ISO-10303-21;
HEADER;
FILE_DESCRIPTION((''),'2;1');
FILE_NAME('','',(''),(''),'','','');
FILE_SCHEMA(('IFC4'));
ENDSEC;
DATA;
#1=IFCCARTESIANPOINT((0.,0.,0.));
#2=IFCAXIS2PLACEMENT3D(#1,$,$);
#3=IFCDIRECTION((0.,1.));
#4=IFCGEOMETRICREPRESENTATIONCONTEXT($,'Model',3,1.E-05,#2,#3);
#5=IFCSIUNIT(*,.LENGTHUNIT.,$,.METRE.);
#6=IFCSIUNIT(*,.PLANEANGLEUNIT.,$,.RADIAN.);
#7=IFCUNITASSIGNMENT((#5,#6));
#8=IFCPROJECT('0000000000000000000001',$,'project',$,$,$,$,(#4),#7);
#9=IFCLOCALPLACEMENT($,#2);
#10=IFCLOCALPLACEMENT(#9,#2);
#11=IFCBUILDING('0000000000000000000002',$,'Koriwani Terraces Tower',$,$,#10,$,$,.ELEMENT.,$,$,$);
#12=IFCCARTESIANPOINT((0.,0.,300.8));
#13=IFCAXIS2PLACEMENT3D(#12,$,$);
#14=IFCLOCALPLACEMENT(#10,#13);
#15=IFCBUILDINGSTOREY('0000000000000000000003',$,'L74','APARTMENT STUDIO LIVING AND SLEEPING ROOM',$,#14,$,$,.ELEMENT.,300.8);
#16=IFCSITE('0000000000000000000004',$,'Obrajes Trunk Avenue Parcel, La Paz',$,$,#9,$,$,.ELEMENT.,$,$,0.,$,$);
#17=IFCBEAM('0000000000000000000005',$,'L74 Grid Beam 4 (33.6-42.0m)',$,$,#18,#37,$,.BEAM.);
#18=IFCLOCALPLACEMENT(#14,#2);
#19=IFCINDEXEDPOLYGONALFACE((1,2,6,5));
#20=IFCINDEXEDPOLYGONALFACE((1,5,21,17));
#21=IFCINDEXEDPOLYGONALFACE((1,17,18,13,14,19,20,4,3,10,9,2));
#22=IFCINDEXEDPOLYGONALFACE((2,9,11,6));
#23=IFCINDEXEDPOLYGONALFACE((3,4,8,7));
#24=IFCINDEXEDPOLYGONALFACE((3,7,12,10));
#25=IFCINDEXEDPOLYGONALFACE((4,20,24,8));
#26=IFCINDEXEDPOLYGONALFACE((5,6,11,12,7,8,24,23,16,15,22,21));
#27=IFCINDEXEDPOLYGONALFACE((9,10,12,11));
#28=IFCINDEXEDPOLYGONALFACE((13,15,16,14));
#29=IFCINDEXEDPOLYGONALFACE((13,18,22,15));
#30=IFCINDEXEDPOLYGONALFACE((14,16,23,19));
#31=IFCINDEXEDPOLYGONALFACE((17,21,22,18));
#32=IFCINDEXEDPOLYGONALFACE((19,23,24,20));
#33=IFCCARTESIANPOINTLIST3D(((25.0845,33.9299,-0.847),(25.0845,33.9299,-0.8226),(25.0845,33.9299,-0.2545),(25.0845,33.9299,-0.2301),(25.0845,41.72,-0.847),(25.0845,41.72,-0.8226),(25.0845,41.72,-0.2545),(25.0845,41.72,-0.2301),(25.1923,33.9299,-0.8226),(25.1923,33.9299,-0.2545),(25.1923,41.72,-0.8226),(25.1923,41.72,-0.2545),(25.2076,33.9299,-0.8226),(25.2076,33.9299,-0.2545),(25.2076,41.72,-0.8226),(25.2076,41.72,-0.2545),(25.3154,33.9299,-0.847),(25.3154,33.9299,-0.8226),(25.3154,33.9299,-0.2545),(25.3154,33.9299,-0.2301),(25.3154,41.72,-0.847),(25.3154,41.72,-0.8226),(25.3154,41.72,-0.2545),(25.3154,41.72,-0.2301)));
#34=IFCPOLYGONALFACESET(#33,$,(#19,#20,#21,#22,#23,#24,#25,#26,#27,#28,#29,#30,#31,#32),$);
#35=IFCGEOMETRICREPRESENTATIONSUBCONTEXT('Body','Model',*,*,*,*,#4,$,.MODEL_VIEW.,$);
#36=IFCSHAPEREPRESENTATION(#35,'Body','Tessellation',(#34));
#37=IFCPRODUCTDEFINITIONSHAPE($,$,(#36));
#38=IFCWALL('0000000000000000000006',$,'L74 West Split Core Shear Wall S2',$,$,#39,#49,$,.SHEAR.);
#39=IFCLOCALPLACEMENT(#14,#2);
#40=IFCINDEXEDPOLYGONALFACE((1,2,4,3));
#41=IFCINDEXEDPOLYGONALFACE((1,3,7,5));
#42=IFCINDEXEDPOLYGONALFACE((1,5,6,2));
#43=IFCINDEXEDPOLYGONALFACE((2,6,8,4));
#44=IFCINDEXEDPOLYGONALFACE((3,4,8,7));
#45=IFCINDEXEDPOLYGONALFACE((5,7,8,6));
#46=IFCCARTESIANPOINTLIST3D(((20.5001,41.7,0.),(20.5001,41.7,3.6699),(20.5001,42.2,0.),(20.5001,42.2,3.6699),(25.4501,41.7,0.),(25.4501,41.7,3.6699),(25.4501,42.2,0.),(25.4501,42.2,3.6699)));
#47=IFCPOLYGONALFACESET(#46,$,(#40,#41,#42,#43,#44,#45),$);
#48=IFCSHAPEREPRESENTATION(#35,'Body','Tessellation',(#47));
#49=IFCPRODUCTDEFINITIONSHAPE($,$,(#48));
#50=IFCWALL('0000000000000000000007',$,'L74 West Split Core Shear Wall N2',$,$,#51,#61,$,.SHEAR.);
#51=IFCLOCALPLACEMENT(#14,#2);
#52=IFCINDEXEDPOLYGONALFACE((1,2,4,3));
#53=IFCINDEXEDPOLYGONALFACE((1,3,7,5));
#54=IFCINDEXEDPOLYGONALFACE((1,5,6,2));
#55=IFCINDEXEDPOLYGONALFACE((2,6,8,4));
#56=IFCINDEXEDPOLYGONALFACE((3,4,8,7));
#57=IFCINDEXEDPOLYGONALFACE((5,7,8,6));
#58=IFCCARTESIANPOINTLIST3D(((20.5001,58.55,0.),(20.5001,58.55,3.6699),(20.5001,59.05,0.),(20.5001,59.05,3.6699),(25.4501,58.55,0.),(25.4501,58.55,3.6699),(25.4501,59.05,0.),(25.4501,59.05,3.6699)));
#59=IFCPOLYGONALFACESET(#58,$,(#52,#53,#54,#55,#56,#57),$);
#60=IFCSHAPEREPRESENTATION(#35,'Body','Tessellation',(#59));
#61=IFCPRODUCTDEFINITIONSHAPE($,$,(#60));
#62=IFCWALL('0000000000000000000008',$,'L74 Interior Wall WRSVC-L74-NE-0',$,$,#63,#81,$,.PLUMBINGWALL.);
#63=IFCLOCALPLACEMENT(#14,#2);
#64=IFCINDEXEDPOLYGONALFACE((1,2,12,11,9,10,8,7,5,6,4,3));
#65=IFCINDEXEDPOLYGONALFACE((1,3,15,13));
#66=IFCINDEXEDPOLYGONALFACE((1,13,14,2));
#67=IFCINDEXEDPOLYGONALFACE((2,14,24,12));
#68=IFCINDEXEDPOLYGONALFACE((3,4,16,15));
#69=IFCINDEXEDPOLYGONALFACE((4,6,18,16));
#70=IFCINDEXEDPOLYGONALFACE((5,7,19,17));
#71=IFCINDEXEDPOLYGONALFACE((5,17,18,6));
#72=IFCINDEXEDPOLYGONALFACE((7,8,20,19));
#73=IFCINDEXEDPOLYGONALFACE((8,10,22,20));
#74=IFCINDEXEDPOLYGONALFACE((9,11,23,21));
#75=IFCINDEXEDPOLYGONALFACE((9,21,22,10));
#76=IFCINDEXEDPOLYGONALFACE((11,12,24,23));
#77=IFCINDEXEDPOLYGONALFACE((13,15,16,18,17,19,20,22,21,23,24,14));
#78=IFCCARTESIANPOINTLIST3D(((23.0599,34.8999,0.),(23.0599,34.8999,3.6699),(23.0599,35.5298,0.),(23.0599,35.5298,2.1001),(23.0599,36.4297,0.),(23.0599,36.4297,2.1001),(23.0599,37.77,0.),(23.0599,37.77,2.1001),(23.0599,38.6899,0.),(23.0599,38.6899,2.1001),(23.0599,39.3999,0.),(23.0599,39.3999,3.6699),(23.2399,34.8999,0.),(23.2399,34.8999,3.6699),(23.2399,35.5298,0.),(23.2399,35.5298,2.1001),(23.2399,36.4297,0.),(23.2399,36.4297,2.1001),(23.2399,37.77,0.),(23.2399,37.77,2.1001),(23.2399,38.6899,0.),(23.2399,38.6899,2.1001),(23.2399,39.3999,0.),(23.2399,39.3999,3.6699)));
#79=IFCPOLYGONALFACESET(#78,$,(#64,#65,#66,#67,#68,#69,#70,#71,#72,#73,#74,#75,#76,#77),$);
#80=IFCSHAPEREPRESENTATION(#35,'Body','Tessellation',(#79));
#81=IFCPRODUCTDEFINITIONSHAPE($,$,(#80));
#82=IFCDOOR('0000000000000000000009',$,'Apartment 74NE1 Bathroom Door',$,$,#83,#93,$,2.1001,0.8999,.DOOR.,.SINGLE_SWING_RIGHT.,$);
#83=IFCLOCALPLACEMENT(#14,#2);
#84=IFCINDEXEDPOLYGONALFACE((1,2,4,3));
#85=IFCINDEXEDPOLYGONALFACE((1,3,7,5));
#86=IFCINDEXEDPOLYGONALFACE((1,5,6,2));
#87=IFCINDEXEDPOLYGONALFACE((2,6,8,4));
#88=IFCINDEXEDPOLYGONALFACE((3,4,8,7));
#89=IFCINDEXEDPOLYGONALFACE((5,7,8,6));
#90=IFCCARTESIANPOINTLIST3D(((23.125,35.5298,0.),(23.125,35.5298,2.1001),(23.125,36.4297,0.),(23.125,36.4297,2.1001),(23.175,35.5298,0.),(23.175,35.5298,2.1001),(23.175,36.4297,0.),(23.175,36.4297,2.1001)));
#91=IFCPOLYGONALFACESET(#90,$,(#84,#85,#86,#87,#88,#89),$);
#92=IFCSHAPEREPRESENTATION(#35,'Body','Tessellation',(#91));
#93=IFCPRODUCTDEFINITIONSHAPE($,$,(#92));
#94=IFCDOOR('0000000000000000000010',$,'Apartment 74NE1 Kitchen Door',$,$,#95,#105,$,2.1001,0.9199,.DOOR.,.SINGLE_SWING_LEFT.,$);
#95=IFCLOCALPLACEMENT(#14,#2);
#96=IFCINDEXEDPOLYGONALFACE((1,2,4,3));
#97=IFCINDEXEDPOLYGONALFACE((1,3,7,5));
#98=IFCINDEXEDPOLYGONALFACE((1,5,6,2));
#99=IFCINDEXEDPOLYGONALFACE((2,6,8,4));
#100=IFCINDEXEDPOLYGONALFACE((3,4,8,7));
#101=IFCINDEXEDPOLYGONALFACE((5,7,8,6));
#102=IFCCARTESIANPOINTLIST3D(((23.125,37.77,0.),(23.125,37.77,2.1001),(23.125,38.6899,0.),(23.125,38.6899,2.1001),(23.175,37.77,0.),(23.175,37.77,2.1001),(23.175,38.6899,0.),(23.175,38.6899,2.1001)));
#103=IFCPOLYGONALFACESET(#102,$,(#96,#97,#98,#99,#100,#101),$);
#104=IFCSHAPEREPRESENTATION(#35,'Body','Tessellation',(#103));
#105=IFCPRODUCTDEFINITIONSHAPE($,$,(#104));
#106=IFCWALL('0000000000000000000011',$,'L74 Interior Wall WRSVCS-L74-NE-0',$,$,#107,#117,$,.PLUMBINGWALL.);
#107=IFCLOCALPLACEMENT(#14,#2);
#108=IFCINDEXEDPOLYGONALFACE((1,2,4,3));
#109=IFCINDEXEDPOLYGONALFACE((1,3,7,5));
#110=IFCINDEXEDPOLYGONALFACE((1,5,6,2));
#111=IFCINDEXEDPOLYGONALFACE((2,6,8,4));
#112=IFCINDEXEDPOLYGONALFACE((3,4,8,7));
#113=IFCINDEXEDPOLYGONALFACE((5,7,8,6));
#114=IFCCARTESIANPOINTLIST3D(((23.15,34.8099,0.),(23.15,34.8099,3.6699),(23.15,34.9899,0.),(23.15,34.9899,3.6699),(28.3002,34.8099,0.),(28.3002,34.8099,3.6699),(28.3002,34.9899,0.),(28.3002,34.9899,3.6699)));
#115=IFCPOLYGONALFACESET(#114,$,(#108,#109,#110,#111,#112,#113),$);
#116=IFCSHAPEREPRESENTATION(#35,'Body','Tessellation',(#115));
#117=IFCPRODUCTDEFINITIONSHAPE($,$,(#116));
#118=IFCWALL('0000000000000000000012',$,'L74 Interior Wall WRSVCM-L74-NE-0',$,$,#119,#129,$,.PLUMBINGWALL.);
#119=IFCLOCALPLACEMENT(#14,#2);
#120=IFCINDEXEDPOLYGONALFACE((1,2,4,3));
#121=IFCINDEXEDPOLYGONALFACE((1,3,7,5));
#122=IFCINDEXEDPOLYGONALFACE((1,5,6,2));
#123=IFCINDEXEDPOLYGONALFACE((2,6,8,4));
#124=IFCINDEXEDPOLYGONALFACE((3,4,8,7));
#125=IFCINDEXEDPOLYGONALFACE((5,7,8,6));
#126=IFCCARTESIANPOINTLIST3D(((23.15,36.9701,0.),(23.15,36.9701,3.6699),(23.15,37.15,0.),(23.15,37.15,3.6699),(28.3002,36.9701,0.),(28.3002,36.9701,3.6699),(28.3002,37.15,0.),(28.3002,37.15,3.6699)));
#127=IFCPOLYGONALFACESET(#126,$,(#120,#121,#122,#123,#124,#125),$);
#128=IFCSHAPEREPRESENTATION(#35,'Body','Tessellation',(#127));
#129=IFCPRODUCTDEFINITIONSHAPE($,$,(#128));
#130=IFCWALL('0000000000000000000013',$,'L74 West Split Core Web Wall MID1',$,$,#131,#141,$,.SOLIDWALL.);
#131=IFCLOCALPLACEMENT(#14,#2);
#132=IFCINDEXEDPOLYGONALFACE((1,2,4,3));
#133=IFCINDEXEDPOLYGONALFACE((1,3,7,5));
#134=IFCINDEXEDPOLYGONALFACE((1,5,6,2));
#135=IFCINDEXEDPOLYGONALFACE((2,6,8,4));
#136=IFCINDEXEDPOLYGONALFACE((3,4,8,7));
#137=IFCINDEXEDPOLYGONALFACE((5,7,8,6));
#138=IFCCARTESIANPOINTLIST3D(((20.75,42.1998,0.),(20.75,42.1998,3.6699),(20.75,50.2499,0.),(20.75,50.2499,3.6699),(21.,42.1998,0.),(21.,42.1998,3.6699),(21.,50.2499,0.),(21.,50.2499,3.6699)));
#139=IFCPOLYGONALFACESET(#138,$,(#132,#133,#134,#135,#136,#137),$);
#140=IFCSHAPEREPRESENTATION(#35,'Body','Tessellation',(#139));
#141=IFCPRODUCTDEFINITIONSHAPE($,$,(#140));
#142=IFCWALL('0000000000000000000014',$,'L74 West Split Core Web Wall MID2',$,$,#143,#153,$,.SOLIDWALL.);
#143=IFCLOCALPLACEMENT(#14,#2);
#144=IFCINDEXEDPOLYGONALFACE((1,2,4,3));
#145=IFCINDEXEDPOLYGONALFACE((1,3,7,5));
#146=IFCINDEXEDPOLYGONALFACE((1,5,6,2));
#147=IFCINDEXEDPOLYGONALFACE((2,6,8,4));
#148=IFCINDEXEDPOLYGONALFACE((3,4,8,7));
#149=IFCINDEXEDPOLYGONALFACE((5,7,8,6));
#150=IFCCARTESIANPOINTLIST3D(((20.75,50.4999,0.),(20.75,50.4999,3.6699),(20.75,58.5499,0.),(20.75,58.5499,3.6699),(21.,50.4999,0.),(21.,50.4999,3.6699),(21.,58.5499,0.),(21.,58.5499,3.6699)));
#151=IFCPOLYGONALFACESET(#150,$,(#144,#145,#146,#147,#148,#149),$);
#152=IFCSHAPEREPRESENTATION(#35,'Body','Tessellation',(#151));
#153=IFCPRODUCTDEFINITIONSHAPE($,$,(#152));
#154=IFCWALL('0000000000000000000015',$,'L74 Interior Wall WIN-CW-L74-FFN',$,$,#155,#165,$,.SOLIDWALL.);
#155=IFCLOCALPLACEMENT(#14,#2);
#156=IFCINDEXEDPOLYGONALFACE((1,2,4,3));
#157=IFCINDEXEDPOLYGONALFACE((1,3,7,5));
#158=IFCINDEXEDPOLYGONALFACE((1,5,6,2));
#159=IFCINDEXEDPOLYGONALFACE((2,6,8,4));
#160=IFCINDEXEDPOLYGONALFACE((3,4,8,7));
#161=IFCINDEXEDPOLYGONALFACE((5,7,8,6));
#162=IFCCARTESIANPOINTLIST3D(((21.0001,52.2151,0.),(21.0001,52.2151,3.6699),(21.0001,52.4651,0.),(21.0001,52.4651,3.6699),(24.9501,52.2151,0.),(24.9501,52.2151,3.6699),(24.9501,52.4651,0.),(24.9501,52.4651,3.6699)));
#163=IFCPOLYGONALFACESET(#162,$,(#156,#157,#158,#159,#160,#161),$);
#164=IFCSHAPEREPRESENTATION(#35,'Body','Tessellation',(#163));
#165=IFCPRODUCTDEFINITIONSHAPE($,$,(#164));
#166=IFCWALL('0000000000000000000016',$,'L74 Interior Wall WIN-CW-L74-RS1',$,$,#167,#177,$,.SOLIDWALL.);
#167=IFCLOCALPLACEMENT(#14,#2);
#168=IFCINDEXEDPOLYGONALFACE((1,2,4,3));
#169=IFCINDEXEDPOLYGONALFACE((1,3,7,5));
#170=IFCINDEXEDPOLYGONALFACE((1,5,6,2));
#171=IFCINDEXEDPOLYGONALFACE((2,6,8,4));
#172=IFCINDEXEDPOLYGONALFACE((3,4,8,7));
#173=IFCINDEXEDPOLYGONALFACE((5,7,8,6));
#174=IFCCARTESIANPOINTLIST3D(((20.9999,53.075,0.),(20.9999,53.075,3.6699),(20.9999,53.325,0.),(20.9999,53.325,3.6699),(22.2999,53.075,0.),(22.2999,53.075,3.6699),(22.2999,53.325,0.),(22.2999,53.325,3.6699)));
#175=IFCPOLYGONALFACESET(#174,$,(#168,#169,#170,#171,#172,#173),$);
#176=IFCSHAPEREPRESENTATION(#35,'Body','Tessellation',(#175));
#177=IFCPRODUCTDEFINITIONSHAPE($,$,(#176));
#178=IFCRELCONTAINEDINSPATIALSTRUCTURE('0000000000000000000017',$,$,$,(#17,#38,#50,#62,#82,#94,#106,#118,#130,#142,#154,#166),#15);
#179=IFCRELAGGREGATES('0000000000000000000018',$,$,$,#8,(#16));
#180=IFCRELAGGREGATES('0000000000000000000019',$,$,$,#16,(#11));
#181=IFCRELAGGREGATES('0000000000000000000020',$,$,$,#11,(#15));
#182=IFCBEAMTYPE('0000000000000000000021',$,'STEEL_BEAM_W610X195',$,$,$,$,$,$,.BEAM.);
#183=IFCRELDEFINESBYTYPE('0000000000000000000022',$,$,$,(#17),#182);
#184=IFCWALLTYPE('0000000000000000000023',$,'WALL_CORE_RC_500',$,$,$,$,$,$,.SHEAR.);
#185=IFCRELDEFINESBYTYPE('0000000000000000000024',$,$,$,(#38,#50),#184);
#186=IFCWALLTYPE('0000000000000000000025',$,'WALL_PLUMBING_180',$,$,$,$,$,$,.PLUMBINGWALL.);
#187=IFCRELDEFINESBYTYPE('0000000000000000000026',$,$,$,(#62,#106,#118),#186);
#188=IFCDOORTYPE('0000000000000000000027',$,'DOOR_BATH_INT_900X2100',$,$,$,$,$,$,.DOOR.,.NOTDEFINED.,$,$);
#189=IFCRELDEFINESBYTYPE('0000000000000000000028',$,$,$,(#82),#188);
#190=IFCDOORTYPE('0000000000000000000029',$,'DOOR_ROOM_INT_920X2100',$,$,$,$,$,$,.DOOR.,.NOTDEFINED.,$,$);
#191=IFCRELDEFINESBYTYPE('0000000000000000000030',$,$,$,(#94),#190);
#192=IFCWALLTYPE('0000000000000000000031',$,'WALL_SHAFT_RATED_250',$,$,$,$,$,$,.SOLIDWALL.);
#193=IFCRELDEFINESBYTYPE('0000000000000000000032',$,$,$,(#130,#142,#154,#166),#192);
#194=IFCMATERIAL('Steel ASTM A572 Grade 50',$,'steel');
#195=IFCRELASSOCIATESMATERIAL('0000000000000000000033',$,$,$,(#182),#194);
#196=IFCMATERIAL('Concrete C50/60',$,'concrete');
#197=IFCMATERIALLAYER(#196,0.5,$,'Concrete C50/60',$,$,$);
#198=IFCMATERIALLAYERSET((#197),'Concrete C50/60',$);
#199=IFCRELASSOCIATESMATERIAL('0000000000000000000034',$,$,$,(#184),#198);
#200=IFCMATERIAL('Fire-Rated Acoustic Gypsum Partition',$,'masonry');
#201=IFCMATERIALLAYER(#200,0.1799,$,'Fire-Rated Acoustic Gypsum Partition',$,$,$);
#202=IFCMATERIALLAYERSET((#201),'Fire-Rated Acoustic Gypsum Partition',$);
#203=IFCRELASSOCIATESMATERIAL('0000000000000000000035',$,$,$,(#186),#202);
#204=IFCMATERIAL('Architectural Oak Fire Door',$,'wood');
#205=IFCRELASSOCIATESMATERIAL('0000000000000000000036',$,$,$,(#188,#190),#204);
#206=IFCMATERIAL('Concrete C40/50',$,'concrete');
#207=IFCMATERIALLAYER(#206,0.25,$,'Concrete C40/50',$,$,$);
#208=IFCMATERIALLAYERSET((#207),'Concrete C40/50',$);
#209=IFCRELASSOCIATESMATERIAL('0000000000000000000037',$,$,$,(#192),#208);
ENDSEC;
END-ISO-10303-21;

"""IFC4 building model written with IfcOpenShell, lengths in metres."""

from ifc_helpers import new_model, si_unit, direction, frame, frame_2d, origin, origin_2d, place, context, subcontext, project, spatial, rectangle, i_section, extrude, material, layer, layer_set, material_profile, profile_set, type_object, element, fill, save


model = new_model("IFC4")

# Units and contexts
model_context = context("Model", 3, precision=1e-05, world=origin(), true_north=direction((0.0, 1.0)))
body_context = subcontext(model_context, "Body", "Model", "MODEL_VIEW")
ifc_project = project(units=[si_unit("LENGTHUNIT", "METRE"), si_unit("PLANEANGLEUNIT", "RADIAN")], contexts=[model_context])

# Site, building, storey
site_placement = place(None, origin())
site = spatial("IfcSite", under=ifc_project, at=site_placement, Name="Obrajes Trunk Avenue Parcel, La Paz", CompositionType="ELEMENT", RefElevation=0.0)
building_placement = place(site_placement, origin())
building = spatial("IfcBuilding", under=site, at=building_placement, Name="Koriwani Terraces Tower", CompositionType="ELEMENT")
storey_placement = place(building_placement, frame((0.0, 0.0, 300.8)))
storey = spatial("IfcBuildingStorey", under=building, at=storey_placement, Name="L74", Description="APARTMENT STUDIO LIVING AND SLEEPING ROOM", CompositionType="ELEMENT", Elevation=300.8)

# Beam
ifc_material_1 = material(Name="Steel ASTM A572 Grade 50", Category="steel")
ifc_material_profile = material_profile(ifc_material_1, i_section(OverallWidth=0.231, OverallDepth=0.6169, WebThickness=0.0154, FlangeThickness=0.0244, at=origin_2d()), Name="Steel ASTM A572 Grade 50", Category="LoadBearing")
ifc_profile_set = profile_set([ifc_material_profile], Name="Steel ASTM A572 Grade 50")
beam_type = type_object("IfcBeamType", Name="STEEL_BEAM_W610X195", PredefinedType="BEAM", material=ifc_profile_set)
beam_placement = place(storey_placement, frame((25.2, 33.9299, -0.5386), z_axis=(0.0, 1.0, 0.0), x_axis=(-1.0, 0.0, 0.0)))
element("IfcBeam", 1, at=beam_placement, inside=storey, type_object=beam_type, Name="L74 Grid Beam 4 (33.6-42.0m)", PredefinedType="BEAM", context=body_context, shape_type="SweptSolid", body=[
    extrude(i_section(OverallWidth=0.231, OverallDepth=0.6169, WebThickness=0.0154, FlangeThickness=0.0244, at=origin_2d()), origin(), (0.0, 0.0, 1.0), 7.79),
])

# Walls
ifc_material_2 = material(Name="Concrete C50/60", Category="concrete")
ifc_layer_1 = layer(ifc_material_2, 0.5, Name="Concrete C50/60")
ifc_layer_set_1 = layer_set([ifc_layer_1], Name="Concrete C50/60")
wall_type_1 = type_object("IfcWallType", Name="WALL_CORE_RC_500", PredefinedType="SHEAR", material=ifc_layer_set_1)
for number, where, z_axis, x_axis, name in (
    (2, (20.5, 41.95, 0.0), (0.0, 0.0, 1.0), (1.0, 0.0, 0.0), "L74 West Split Core Shear Wall S2"),
    (3, (20.5, 58.8, 0.0), (0.0, 0.0, 1.0), (1.0, 0.0, 0.0), "L74 West Split Core Shear Wall N2"),
):
    element("IfcWall", number, at=place(storey_placement, frame(where, z_axis=z_axis, x_axis=x_axis)), inside=storey, type_object=wall_type_1, Name=name, PredefinedType="SHEAR", context=body_context, shape_type="SweptSolid", body=[
        extrude(rectangle(XDim=4.95, YDim=0.5, at=frame_2d((2.4751, 0.0))), origin(), (0.0, 0.0, 1.0), 3.6699),
    ])

# Wall, openings, doors
ifc_material_3 = material(Name="Fire-Rated Acoustic Gypsum Partition", Category="masonry")
ifc_layer_2 = layer(ifc_material_3, 0.1799, Name="Fire-Rated Acoustic Gypsum Partition")
ifc_layer_set_2 = layer_set([ifc_layer_2], Name="Fire-Rated Acoustic Gypsum Partition")
wall_type_2 = type_object("IfcWallType", Name="WALL_PLUMBING_180", PredefinedType="PLUMBINGWALL", material=ifc_layer_set_2)
wall_1_placement = place(storey_placement, frame((23.1499, 34.8999, 0.0), z_axis=(0.0, 0.0, 1.0), x_axis=(0.0, 1.0, 0.0)))
wall_1 = element("IfcWall", 4, at=wall_1_placement, inside=storey, type_object=wall_type_2, Name="L74 Interior Wall WRSVC-L74-NE-0", PredefinedType="PLUMBINGWALL", context=body_context, shape_type="SweptSolid", body=[
    extrude(rectangle(XDim=4.5, YDim=0.1799, at=frame_2d((2.25, 0.0))), origin(), (0.0, 0.0, 1.0), 3.6699),
])
opening_1_placement = place(wall_1_placement, frame((0.6299, 0.0, 0.0)))
opening_1 = element("IfcOpeningElement", 5, at=opening_1_placement, cuts=wall_1, PredefinedType="OPENING", context=body_context, shape_type="SweptSolid", body=[
    extrude(rectangle(XDim=0.8999, YDim=2.1001, at=frame_2d((0.45, 1.05))), frame((0.0, 0.1001, 0.0), z_axis=(0.0, -1.0, 0.0), x_axis=(1.0, 0.0, 0.0)), (0.0, 0.0, 1.0), 0.2),
])
opening_2_placement = place(wall_1_placement, frame((2.8701, 0.0, 0.0)))
opening_2 = element("IfcOpeningElement", 6, at=opening_2_placement, cuts=wall_1, PredefinedType="OPENING", context=body_context, shape_type="SweptSolid", body=[
    extrude(rectangle(XDim=0.9199, YDim=2.1001, at=frame_2d((0.46, 1.05))), frame((0.0, 0.1001, 0.0), z_axis=(0.0, -1.0, 0.0), x_axis=(1.0, 0.0, 0.0)), (0.0, 0.0, 1.0), 0.2),
])
ifc_material_4 = material(Name="Architectural Oak Fire Door", Category="wood")
door_type_1 = type_object("IfcDoorType", Name="DOOR_BATH_INT_900X2100", OperationType="NOTDEFINED", PredefinedType="DOOR", material=ifc_material_4)
door_1_placement = place(opening_1_placement, origin())
door_1 = element("IfcDoor", 7, at=door_1_placement, inside=storey, type_object=door_type_1, Name="Apartment 74NE1 Bathroom Door", OperationType="SINGLE_SWING_RIGHT", OverallHeight=2.1001, OverallWidth=0.8999, PredefinedType="DOOR", context=body_context, shape_type="SweptSolid", body=[
    extrude(rectangle(XDim=0.8999, YDim=2.1001, at=frame_2d((0.45, 1.05))), frame((0.0, 0.0249, 0.0), z_axis=(0.0, -1.0, 0.0), x_axis=(1.0, 0.0, 0.0)), (0.0, 0.0, 1.0), 0.05),
])
fill(opening_1, door_1)
door_type_2 = type_object("IfcDoorType", Name="DOOR_ROOM_INT_920X2100", OperationType="NOTDEFINED", PredefinedType="DOOR", material=ifc_material_4)
door_2_placement = place(opening_2_placement, origin())
door_2 = element("IfcDoor", 8, at=door_2_placement, inside=storey, type_object=door_type_2, Name="Apartment 74NE1 Kitchen Door", OperationType="SINGLE_SWING_LEFT", OverallHeight=2.1001, OverallWidth=0.9199, PredefinedType="DOOR", context=body_context, shape_type="SweptSolid", body=[
    extrude(rectangle(XDim=0.9199, YDim=2.1001, at=frame_2d((0.46, 1.05))), frame((0.0, 0.0249, 0.0), z_axis=(0.0, -1.0, 0.0), x_axis=(1.0, 0.0, 0.0)), (0.0, 0.0, 1.0), 0.05),
])
fill(opening_2, door_2)

# Walls
for number, where, z_axis, x_axis, name in (
    (9, (23.1499, 34.8999, 0.0), (0.0, 0.0, 1.0), (1.0, 0.0, 0.0), "L74 Interior Wall WRSVCS-L74-NE-0"),
    (10, (23.1499, 37.0601, 0.0), (0.0, 0.0, 1.0), (1.0, 0.0, 0.0), "L74 Interior Wall WRSVCM-L74-NE-0"),
):
    element("IfcWall", number, at=place(storey_placement, frame(where, z_axis=z_axis, x_axis=x_axis)), inside=storey, type_object=wall_type_2, Name=name, PredefinedType="PLUMBINGWALL", context=body_context, shape_type="SweptSolid", body=[
        extrude(rectangle(XDim=5.1501, YDim=0.1799, at=frame_2d((2.5752, 0.0))), origin(), (0.0, 0.0, 1.0), 3.6699),
    ])
ifc_material_5 = material(Name="Concrete C40/50", Category="concrete")
ifc_layer_3 = layer(ifc_material_5, 0.25, Name="Concrete C40/50")
ifc_layer_set_3 = layer_set([ifc_layer_3], Name="Concrete C40/50")
wall_type_3 = type_object("IfcWallType", Name="WALL_SHAFT_RATED_250", PredefinedType="SOLIDWALL", material=ifc_layer_set_3)
for number, where, z_axis, x_axis, name in (
    (11, (20.875, 42.2, 0.0), (0.0, 0.0, 1.0), (0.0, 1.0, 0.0), "L74 West Split Core Web Wall MID1"),
    (12, (20.875, 50.5, 0.0), (0.0, 0.0, 1.0), (0.0, 1.0, 0.0), "L74 West Split Core Web Wall MID2"),
):
    element("IfcWall", number, at=place(storey_placement, frame(where, z_axis=z_axis, x_axis=x_axis)), inside=storey, type_object=wall_type_3, Name=name, PredefinedType="SOLIDWALL", context=body_context, shape_type="SweptSolid", body=[
        extrude(rectangle(XDim=8.05, YDim=0.25, at=frame_2d((4.0249, 0.0))), origin(), (0.0, 0.0, 1.0), 3.6699),
    ])

# Wall
wall_2_placement = place(storey_placement, frame((21.0, 52.3401, 0.0), z_axis=(0.0, 0.0, 1.0), x_axis=(1.0, 0.0, 0.0)))
element("IfcWall", 13, at=wall_2_placement, inside=storey, type_object=wall_type_3, Name="L74 Interior Wall WIN-CW-L74-FFN", PredefinedType="SOLIDWALL", context=body_context, shape_type="SweptSolid", body=[
    extrude(rectangle(XDim=3.95, YDim=0.25, at=frame_2d((1.9751, 0.0))), origin(), (0.0, 0.0, 1.0), 3.6699),
])

# Wall
wall_3_placement = place(storey_placement, frame((21.0, 53.2, 0.0), z_axis=(0.0, 0.0, 1.0), x_axis=(1.0, 0.0, 0.0)))
element("IfcWall", 14, at=wall_3_placement, inside=storey, type_object=wall_type_3, Name="L74 Interior Wall WIN-CW-L74-RS1", PredefinedType="SOLIDWALL", context=body_context, shape_type="SweptSolid", body=[
    extrude(rectangle(XDim=1.3, YDim=0.25, at=frame_2d((0.6499, 0.0))), origin(), (0.0, 0.0, 1.0), 3.6699),
])

save(model, "model.ifc")
